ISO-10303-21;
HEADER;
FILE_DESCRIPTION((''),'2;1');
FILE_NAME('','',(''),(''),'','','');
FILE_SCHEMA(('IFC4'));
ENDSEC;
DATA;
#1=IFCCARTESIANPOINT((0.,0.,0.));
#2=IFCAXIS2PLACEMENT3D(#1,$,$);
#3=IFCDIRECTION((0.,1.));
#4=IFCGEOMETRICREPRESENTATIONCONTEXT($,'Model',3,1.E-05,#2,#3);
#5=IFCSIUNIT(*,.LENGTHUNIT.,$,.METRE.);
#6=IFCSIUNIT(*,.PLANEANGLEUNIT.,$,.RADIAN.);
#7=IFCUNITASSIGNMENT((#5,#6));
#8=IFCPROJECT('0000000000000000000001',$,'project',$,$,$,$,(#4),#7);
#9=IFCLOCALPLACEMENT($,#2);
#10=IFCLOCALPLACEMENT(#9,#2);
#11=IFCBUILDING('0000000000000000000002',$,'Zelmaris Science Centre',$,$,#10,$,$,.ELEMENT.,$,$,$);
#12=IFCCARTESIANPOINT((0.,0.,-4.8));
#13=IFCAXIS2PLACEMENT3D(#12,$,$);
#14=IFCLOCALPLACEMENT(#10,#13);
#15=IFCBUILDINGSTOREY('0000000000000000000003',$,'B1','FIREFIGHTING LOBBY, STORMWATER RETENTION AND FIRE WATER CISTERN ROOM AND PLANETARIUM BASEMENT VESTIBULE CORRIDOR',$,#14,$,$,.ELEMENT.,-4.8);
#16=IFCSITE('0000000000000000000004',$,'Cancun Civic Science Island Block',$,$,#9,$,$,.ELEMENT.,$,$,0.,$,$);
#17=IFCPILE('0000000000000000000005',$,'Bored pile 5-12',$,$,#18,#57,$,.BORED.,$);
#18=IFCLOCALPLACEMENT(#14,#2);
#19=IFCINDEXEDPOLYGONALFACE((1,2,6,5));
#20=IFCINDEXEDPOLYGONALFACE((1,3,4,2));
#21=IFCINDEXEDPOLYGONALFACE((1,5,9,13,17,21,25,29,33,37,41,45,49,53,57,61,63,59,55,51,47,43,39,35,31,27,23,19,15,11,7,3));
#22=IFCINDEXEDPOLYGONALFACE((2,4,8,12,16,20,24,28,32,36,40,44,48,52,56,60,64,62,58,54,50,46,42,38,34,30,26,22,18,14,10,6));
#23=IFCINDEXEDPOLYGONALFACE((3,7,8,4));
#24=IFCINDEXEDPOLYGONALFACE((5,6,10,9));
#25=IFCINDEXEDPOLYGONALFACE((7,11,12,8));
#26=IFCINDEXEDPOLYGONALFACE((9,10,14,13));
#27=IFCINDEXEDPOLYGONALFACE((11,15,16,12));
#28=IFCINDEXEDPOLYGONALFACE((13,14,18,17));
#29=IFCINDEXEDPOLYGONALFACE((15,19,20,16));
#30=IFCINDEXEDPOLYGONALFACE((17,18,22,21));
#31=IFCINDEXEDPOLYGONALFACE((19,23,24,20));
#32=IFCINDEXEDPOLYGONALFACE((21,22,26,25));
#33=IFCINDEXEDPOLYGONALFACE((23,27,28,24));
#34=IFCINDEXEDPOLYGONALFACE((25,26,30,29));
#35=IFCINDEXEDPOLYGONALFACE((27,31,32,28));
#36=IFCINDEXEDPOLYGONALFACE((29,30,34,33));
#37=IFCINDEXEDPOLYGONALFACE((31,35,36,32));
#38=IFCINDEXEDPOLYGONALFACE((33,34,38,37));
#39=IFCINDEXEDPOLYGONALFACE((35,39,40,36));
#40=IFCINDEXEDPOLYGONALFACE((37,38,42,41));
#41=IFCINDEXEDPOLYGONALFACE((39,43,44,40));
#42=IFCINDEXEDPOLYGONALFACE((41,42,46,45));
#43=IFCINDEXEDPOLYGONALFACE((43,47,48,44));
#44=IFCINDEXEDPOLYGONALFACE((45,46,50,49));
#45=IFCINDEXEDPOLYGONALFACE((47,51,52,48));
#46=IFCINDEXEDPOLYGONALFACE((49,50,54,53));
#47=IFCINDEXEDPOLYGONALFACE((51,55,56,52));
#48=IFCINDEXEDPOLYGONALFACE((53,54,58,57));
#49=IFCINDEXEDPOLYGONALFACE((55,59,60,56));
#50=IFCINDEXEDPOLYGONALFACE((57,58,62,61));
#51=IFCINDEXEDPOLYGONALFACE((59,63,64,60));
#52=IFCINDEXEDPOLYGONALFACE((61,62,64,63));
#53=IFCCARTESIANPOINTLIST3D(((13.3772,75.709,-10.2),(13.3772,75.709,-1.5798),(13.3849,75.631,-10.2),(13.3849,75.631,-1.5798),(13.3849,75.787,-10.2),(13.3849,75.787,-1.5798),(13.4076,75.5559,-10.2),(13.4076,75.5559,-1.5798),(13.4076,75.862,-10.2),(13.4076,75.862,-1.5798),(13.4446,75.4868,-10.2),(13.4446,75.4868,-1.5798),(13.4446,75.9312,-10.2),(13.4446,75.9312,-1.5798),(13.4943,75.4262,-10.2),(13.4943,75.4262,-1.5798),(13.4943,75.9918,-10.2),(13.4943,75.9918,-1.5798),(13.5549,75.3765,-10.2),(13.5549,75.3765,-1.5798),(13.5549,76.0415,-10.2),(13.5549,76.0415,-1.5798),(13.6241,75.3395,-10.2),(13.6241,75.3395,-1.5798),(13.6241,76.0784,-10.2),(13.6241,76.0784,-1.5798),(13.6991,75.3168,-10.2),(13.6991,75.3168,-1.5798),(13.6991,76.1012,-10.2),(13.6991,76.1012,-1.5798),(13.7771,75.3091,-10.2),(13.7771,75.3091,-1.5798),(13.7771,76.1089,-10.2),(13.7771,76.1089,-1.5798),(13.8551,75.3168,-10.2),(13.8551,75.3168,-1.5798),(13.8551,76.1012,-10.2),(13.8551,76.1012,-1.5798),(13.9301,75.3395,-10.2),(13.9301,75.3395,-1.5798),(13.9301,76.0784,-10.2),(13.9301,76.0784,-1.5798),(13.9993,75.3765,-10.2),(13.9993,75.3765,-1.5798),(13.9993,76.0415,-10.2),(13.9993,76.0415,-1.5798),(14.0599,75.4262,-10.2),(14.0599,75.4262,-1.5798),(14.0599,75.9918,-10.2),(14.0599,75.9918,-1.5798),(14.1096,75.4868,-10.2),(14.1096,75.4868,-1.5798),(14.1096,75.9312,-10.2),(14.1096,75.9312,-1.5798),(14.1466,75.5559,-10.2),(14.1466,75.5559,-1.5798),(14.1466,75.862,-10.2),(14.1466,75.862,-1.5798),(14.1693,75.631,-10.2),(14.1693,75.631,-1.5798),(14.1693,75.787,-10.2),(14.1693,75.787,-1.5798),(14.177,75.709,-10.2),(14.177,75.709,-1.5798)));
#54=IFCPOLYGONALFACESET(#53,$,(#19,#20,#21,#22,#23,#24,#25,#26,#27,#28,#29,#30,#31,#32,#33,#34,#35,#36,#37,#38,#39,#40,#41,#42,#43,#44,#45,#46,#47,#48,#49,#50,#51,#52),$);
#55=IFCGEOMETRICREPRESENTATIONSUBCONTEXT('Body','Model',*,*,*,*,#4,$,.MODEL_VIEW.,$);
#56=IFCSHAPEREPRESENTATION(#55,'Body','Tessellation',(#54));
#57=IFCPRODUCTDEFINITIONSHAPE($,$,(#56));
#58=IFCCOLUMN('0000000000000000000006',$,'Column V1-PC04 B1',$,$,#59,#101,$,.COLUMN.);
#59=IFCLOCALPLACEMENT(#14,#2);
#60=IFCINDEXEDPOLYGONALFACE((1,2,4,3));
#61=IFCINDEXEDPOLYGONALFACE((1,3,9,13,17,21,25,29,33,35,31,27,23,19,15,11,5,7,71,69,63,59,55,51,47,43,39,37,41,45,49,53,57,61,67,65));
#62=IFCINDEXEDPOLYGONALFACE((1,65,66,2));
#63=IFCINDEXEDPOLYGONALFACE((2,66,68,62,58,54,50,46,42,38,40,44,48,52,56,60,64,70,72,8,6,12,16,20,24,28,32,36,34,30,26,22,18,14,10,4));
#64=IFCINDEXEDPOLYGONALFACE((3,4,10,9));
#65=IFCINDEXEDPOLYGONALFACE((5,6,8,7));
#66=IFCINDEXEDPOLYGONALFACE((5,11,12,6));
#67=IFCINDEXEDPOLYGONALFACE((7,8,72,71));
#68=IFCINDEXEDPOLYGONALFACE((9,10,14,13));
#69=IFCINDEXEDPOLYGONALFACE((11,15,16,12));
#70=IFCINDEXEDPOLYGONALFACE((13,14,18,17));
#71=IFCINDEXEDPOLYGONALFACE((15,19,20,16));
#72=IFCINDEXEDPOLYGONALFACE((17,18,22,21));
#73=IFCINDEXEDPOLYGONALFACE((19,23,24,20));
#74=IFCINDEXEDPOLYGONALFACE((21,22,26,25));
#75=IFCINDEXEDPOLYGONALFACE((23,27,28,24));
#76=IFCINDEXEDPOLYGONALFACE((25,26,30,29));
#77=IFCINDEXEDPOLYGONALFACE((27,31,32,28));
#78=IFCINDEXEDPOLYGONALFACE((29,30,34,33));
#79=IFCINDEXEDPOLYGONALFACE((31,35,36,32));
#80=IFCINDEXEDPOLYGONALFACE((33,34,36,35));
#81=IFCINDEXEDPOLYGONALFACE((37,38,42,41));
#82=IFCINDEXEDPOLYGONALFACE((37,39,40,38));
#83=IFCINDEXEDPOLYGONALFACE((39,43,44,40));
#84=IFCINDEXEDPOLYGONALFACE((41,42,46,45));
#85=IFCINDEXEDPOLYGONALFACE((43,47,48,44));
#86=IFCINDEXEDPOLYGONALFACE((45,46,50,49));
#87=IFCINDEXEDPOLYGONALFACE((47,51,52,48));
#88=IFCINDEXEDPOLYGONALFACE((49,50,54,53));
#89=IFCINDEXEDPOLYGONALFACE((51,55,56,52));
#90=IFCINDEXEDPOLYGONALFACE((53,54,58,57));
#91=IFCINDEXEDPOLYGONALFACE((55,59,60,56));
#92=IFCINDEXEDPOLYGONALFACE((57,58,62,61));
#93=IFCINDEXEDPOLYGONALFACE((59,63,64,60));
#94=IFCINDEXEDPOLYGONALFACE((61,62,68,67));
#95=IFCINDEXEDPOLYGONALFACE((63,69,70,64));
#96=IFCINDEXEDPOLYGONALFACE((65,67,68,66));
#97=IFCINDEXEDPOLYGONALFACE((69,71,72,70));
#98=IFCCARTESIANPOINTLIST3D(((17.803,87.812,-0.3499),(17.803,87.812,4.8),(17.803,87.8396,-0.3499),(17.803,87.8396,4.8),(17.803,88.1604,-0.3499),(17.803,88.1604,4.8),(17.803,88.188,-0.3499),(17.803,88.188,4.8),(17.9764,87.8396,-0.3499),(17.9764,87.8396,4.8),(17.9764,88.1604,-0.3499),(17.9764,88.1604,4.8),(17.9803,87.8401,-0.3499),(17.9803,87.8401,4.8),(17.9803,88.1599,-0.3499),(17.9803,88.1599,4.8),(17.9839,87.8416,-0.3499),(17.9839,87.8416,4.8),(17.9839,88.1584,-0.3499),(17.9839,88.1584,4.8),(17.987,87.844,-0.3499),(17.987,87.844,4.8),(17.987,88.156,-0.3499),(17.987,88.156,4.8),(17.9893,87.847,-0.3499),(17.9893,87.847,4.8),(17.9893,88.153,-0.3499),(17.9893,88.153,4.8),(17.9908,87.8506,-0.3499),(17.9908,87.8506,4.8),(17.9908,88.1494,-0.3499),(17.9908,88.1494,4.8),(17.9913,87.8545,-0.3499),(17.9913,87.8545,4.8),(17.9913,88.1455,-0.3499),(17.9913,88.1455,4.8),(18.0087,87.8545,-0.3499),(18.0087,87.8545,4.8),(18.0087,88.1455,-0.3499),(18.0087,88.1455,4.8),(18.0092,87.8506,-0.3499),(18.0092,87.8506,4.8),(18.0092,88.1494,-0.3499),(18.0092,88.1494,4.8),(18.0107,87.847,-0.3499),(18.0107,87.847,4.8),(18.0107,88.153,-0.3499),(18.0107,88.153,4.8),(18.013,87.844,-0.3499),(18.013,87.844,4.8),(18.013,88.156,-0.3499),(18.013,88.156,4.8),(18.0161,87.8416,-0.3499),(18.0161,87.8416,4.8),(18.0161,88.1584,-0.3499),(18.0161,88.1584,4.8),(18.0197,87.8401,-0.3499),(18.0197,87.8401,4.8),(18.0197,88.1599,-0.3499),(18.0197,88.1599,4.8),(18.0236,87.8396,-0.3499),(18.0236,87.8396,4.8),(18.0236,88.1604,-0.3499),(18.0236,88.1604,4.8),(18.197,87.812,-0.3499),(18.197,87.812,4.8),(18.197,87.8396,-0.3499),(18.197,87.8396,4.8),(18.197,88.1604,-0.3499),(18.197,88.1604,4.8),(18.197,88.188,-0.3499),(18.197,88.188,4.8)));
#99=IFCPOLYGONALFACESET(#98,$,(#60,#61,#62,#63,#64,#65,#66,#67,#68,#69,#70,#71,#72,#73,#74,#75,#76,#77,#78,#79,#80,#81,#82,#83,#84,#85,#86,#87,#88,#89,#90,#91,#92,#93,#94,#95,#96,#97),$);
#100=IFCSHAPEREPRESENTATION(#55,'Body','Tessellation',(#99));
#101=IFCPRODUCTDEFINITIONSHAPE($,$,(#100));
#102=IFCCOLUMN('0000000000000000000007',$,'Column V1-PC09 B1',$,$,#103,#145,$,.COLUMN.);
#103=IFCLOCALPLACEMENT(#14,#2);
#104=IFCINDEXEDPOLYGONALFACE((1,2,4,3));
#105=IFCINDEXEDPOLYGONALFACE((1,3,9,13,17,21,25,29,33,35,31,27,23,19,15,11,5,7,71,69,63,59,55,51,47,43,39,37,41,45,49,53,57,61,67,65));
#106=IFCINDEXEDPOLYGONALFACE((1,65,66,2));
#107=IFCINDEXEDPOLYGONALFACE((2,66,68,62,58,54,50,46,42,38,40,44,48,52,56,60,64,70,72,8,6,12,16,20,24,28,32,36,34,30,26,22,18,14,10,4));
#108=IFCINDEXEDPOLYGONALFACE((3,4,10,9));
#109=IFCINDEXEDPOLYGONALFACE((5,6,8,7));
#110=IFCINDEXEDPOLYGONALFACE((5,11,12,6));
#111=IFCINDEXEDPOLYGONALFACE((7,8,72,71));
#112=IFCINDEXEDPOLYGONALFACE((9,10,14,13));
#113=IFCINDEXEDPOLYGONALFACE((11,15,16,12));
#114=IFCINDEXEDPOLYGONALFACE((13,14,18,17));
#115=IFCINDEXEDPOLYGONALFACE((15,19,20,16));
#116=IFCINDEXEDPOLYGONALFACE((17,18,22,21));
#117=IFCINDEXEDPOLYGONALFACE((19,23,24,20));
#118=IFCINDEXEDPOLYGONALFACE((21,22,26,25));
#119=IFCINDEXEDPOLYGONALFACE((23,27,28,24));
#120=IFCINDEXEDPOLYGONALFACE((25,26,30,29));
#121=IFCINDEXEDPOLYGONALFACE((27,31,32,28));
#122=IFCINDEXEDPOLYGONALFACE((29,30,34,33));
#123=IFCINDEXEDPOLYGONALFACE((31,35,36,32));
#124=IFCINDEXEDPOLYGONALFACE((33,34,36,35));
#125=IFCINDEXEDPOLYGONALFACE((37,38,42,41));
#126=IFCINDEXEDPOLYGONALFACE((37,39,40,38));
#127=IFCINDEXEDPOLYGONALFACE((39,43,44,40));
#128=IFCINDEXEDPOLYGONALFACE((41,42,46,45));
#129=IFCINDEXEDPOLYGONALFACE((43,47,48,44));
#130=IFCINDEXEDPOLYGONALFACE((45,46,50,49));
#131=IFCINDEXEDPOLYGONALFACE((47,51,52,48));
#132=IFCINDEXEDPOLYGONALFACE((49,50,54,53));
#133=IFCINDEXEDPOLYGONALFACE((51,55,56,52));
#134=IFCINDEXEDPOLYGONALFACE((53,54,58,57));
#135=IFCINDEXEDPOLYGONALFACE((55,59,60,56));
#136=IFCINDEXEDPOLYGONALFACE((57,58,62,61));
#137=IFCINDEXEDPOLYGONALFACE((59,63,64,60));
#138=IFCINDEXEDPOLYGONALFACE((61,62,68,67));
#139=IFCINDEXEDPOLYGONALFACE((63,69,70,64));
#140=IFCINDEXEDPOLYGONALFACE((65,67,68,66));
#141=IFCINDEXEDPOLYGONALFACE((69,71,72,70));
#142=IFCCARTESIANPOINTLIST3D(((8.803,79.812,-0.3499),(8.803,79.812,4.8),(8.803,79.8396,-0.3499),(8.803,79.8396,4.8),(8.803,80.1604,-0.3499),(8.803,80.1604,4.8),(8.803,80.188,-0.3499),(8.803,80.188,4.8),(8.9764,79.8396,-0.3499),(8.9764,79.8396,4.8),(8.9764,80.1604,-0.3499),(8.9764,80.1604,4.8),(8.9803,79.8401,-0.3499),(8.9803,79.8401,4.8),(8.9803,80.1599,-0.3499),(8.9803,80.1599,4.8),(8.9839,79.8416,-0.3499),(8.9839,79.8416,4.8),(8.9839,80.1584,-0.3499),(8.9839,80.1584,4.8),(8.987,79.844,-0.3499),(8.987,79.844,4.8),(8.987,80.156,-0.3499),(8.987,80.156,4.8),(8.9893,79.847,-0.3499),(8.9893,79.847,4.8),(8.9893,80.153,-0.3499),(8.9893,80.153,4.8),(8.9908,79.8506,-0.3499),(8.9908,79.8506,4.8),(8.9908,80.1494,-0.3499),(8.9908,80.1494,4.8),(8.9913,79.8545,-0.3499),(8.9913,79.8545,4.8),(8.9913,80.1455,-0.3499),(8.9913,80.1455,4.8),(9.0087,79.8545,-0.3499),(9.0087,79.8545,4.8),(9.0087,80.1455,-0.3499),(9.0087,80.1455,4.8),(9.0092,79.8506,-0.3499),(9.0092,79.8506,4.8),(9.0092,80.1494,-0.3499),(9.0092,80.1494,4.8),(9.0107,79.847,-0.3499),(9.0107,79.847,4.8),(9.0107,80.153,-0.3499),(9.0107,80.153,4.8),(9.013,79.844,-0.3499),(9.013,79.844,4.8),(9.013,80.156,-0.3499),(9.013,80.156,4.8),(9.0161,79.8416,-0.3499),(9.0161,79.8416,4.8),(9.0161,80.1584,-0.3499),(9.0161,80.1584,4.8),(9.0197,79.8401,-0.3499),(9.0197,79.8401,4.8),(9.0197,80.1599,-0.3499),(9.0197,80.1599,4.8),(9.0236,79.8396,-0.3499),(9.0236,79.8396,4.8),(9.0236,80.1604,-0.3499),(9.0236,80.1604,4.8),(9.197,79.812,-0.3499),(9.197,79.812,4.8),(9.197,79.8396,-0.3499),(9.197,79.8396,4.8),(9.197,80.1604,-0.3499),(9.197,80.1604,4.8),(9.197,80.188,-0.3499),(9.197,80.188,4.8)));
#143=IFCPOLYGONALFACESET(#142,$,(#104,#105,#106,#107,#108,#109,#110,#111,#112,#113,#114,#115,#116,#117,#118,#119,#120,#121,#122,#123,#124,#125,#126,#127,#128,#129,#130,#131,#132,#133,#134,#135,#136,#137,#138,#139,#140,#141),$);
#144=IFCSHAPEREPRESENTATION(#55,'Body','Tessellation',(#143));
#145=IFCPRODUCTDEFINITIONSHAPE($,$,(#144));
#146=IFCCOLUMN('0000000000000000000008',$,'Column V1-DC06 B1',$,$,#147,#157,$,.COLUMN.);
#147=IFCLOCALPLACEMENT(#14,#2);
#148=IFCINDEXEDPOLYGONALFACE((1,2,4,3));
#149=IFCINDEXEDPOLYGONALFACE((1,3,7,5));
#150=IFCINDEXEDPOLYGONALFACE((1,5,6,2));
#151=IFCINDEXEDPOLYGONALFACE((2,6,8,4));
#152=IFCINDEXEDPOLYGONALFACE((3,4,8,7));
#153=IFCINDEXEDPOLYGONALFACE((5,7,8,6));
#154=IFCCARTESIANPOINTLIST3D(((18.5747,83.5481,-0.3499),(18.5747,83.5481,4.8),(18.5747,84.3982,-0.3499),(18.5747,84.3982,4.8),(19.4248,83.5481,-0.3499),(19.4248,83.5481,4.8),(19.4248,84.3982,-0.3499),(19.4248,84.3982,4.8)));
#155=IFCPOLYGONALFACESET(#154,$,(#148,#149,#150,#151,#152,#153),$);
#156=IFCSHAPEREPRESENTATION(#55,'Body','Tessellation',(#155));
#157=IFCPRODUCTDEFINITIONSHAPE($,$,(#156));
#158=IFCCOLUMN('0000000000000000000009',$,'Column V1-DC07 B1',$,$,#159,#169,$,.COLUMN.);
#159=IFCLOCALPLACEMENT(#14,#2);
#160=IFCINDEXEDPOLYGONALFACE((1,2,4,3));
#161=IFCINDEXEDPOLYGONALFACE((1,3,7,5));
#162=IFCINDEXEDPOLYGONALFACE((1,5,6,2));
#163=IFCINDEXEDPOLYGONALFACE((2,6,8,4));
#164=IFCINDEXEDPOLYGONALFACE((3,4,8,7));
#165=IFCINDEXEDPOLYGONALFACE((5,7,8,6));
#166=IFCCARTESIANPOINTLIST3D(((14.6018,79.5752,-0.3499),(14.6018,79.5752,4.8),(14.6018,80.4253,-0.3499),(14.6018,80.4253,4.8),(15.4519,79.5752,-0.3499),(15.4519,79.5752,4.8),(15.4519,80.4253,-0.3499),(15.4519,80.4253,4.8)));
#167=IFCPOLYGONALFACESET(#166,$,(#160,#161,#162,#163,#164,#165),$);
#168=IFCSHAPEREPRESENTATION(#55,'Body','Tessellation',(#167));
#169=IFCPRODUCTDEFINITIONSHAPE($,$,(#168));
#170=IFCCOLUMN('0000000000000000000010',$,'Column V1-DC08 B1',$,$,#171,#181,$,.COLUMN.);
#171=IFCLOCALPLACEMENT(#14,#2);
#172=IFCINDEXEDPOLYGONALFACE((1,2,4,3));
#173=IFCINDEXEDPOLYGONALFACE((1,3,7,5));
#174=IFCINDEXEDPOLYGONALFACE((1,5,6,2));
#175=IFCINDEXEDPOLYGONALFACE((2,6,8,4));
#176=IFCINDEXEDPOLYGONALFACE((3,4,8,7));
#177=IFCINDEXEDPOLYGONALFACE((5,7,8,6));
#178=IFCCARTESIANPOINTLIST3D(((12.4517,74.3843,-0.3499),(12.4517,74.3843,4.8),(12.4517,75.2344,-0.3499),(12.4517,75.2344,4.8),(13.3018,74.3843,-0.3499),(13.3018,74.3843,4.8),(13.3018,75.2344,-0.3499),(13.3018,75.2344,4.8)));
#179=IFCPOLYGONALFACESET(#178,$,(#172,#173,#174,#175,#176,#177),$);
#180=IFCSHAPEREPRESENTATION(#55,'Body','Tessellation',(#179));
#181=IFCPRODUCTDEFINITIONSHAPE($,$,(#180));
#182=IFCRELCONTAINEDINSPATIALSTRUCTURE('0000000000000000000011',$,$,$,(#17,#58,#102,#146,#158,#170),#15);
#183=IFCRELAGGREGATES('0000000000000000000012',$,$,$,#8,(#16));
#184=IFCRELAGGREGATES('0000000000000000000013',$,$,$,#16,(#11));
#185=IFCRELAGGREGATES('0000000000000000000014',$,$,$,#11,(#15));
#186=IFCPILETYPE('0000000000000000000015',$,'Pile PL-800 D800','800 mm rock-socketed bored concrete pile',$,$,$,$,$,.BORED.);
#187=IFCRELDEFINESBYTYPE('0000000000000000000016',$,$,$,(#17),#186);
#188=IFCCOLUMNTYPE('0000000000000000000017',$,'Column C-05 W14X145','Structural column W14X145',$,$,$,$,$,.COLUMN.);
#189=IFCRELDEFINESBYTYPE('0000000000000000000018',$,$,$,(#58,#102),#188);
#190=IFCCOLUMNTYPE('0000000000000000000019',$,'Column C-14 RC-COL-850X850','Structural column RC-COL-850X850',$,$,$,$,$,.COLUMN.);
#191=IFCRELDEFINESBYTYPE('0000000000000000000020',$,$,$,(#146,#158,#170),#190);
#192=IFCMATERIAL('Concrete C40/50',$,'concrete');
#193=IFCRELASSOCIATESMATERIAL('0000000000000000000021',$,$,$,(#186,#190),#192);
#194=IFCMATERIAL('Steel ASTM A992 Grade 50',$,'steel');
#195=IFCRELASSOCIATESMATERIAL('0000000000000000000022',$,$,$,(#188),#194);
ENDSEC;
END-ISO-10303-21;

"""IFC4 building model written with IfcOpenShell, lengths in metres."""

from ifc_helpers import new_model, si_unit, direction, frame, origin, origin_2d, place, context, subcontext, project, spatial, rectangle, circle, i_section, extrude, material, material_profile, profile_set, type_object, element, save


model = new_model("IFC4")

# Units and contexts
model_context = context("Model", 3, precision=1e-05, world=origin(), true_north=direction((0.0, 1.0)))
body_context = subcontext(model_context, "Body", "Model", "MODEL_VIEW")
ifc_project = project(units=[si_unit("LENGTHUNIT", "METRE"), si_unit("PLANEANGLEUNIT", "RADIAN")], contexts=[model_context])

# Site, building, storey
site_placement = place(None, origin())
site = spatial("IfcSite", under=ifc_project, at=site_placement, Name="Cancun Civic Science Island Block", CompositionType="ELEMENT", RefElevation=0.0)
building_placement = place(site_placement, origin())
building = spatial("IfcBuilding", under=site, at=building_placement, Name="Zelmaris Science Centre", CompositionType="ELEMENT")
storey_placement = place(building_placement, frame((0.0, 0.0, -4.8)))
storey = spatial("IfcBuildingStorey", under=building, at=storey_placement, Name="B1", Description="FIREFIGHTING LOBBY, STORMWATER RETENTION AND FIRE WATER CISTERN ROOM AND PLANETARIUM BASEMENT VESTIBULE CORRIDOR", CompositionType="ELEMENT", Elevation=-4.8)

# Shared definitions
ifc_material_1 = material(Name="Concrete C40/50", Category="concrete")

# Pile
ifc_material_profile_1 = material_profile(ifc_material_1, circle(Radius=0.3999, at=origin_2d()), Name="PILE-800")
ifc_profile_set_1 = profile_set([ifc_material_profile_1], Name="Concrete C40/50")
pile_type_1 = type_object("IfcPileType", Name="Pile PL-800 D800", Description="800 mm rock-socketed bored concrete pile", PredefinedType="BORED", material=ifc_profile_set_1)
for number, where, z_axis, x_axis, name in (
    (1, (13.7771, 75.709, -1.5798), (0.0, 0.0, -1.0), (1.0, 0.0, 0.0), "Bored pile 5-12"),
):
    element("IfcPile", number, at=place(storey_placement, frame(where, z_axis=z_axis, x_axis=x_axis)), inside=storey, type_object=pile_type_1, Name=name, PredefinedType="BORED", context=body_context, shape_type="SweptSolid", body=[
        extrude(circle(Radius=0.3999, at=origin_2d()), origin(), (0.0, 0.0, 1.0), 8.6201),
    ])

# Columns
ifc_material_2 = material(Name="Steel ASTM A992 Grade 50", Category="steel")
ifc_material_profile_2 = material_profile(ifc_material_2, i_section(OverallWidth=0.394, OverallDepth=0.376, WebThickness=0.0173, FlangeThickness=0.0276, FilletRadius=0.0149, at=origin_2d()), Name="W14X145")
ifc_profile_set_2 = profile_set([ifc_material_profile_2], Name="Steel ASTM A992 Grade 50")
column_type_1 = type_object("IfcColumnType", Name="Column C-05 W14X145", Description="Structural column W14X145", PredefinedType="COLUMN", material=ifc_profile_set_2)
for number, where, z_axis, x_axis, name in (
    (2, (18.0, 88.0, -0.3499), (0.0, 0.0, 1.0), (1.0, 0.0, 0.0), "Column V1-PC04 B1"),
    (3, (9.0, 80.0, -0.3499), (0.0, 0.0, 1.0), (1.0, 0.0, 0.0), "Column V1-PC09 B1"),
):
    element("IfcColumn", number, at=place(storey_placement, frame(where, z_axis=z_axis, x_axis=x_axis)), inside=storey, type_object=column_type_1, Name=name, PredefinedType="COLUMN", context=body_context, shape_type="SweptSolid", body=[
        extrude(i_section(OverallWidth=0.394, OverallDepth=0.376, WebThickness=0.0173, FlangeThickness=0.0276, FilletRadius=0.0149, at=origin_2d()), origin(), (0.0, 0.0, 1.0), 5.1499),
    ])
ifc_material_profile_3 = material_profile(ifc_material_1, rectangle(XDim=0.8501, YDim=0.8501, at=origin_2d()), Name="RC-COL-850X850")
ifc_profile_set_3 = profile_set([ifc_material_profile_3], Name="Concrete C40/50")
column_type_2 = type_object("IfcColumnType", Name="Column C-14 RC-COL-850X850", Description="Structural column RC-COL-850X850", PredefinedType="COLUMN", material=ifc_profile_set_3)
for number, where, z_axis, x_axis, name in (
    (4, (18.9998, 83.9731, -0.3499), (0.0, 0.0, 1.0), (1.0, 0.0, 0.0), "Column V1-DC06 B1"),
    (5, (15.0269, 80.0002, -0.3499), (0.0, 0.0, 1.0), (1.0, 0.0, 0.0), "Column V1-DC07 B1"),
    (6, (12.8767, 74.8093, -0.3499), (0.0, 0.0, 1.0), (1.0, 0.0, 0.0), "Column V1-DC08 B1"),
):
    element("IfcColumn", number, at=place(storey_placement, frame(where, z_axis=z_axis, x_axis=x_axis)), inside=storey, type_object=column_type_2, Name=name, PredefinedType="COLUMN", context=body_context, shape_type="SweptSolid", body=[
        extrude(rectangle(XDim=0.8501, YDim=0.8501, at=origin_2d()), origin(), (0.0, 0.0, 1.0), 5.1499),
    ])

save(model, "model.ifc")
